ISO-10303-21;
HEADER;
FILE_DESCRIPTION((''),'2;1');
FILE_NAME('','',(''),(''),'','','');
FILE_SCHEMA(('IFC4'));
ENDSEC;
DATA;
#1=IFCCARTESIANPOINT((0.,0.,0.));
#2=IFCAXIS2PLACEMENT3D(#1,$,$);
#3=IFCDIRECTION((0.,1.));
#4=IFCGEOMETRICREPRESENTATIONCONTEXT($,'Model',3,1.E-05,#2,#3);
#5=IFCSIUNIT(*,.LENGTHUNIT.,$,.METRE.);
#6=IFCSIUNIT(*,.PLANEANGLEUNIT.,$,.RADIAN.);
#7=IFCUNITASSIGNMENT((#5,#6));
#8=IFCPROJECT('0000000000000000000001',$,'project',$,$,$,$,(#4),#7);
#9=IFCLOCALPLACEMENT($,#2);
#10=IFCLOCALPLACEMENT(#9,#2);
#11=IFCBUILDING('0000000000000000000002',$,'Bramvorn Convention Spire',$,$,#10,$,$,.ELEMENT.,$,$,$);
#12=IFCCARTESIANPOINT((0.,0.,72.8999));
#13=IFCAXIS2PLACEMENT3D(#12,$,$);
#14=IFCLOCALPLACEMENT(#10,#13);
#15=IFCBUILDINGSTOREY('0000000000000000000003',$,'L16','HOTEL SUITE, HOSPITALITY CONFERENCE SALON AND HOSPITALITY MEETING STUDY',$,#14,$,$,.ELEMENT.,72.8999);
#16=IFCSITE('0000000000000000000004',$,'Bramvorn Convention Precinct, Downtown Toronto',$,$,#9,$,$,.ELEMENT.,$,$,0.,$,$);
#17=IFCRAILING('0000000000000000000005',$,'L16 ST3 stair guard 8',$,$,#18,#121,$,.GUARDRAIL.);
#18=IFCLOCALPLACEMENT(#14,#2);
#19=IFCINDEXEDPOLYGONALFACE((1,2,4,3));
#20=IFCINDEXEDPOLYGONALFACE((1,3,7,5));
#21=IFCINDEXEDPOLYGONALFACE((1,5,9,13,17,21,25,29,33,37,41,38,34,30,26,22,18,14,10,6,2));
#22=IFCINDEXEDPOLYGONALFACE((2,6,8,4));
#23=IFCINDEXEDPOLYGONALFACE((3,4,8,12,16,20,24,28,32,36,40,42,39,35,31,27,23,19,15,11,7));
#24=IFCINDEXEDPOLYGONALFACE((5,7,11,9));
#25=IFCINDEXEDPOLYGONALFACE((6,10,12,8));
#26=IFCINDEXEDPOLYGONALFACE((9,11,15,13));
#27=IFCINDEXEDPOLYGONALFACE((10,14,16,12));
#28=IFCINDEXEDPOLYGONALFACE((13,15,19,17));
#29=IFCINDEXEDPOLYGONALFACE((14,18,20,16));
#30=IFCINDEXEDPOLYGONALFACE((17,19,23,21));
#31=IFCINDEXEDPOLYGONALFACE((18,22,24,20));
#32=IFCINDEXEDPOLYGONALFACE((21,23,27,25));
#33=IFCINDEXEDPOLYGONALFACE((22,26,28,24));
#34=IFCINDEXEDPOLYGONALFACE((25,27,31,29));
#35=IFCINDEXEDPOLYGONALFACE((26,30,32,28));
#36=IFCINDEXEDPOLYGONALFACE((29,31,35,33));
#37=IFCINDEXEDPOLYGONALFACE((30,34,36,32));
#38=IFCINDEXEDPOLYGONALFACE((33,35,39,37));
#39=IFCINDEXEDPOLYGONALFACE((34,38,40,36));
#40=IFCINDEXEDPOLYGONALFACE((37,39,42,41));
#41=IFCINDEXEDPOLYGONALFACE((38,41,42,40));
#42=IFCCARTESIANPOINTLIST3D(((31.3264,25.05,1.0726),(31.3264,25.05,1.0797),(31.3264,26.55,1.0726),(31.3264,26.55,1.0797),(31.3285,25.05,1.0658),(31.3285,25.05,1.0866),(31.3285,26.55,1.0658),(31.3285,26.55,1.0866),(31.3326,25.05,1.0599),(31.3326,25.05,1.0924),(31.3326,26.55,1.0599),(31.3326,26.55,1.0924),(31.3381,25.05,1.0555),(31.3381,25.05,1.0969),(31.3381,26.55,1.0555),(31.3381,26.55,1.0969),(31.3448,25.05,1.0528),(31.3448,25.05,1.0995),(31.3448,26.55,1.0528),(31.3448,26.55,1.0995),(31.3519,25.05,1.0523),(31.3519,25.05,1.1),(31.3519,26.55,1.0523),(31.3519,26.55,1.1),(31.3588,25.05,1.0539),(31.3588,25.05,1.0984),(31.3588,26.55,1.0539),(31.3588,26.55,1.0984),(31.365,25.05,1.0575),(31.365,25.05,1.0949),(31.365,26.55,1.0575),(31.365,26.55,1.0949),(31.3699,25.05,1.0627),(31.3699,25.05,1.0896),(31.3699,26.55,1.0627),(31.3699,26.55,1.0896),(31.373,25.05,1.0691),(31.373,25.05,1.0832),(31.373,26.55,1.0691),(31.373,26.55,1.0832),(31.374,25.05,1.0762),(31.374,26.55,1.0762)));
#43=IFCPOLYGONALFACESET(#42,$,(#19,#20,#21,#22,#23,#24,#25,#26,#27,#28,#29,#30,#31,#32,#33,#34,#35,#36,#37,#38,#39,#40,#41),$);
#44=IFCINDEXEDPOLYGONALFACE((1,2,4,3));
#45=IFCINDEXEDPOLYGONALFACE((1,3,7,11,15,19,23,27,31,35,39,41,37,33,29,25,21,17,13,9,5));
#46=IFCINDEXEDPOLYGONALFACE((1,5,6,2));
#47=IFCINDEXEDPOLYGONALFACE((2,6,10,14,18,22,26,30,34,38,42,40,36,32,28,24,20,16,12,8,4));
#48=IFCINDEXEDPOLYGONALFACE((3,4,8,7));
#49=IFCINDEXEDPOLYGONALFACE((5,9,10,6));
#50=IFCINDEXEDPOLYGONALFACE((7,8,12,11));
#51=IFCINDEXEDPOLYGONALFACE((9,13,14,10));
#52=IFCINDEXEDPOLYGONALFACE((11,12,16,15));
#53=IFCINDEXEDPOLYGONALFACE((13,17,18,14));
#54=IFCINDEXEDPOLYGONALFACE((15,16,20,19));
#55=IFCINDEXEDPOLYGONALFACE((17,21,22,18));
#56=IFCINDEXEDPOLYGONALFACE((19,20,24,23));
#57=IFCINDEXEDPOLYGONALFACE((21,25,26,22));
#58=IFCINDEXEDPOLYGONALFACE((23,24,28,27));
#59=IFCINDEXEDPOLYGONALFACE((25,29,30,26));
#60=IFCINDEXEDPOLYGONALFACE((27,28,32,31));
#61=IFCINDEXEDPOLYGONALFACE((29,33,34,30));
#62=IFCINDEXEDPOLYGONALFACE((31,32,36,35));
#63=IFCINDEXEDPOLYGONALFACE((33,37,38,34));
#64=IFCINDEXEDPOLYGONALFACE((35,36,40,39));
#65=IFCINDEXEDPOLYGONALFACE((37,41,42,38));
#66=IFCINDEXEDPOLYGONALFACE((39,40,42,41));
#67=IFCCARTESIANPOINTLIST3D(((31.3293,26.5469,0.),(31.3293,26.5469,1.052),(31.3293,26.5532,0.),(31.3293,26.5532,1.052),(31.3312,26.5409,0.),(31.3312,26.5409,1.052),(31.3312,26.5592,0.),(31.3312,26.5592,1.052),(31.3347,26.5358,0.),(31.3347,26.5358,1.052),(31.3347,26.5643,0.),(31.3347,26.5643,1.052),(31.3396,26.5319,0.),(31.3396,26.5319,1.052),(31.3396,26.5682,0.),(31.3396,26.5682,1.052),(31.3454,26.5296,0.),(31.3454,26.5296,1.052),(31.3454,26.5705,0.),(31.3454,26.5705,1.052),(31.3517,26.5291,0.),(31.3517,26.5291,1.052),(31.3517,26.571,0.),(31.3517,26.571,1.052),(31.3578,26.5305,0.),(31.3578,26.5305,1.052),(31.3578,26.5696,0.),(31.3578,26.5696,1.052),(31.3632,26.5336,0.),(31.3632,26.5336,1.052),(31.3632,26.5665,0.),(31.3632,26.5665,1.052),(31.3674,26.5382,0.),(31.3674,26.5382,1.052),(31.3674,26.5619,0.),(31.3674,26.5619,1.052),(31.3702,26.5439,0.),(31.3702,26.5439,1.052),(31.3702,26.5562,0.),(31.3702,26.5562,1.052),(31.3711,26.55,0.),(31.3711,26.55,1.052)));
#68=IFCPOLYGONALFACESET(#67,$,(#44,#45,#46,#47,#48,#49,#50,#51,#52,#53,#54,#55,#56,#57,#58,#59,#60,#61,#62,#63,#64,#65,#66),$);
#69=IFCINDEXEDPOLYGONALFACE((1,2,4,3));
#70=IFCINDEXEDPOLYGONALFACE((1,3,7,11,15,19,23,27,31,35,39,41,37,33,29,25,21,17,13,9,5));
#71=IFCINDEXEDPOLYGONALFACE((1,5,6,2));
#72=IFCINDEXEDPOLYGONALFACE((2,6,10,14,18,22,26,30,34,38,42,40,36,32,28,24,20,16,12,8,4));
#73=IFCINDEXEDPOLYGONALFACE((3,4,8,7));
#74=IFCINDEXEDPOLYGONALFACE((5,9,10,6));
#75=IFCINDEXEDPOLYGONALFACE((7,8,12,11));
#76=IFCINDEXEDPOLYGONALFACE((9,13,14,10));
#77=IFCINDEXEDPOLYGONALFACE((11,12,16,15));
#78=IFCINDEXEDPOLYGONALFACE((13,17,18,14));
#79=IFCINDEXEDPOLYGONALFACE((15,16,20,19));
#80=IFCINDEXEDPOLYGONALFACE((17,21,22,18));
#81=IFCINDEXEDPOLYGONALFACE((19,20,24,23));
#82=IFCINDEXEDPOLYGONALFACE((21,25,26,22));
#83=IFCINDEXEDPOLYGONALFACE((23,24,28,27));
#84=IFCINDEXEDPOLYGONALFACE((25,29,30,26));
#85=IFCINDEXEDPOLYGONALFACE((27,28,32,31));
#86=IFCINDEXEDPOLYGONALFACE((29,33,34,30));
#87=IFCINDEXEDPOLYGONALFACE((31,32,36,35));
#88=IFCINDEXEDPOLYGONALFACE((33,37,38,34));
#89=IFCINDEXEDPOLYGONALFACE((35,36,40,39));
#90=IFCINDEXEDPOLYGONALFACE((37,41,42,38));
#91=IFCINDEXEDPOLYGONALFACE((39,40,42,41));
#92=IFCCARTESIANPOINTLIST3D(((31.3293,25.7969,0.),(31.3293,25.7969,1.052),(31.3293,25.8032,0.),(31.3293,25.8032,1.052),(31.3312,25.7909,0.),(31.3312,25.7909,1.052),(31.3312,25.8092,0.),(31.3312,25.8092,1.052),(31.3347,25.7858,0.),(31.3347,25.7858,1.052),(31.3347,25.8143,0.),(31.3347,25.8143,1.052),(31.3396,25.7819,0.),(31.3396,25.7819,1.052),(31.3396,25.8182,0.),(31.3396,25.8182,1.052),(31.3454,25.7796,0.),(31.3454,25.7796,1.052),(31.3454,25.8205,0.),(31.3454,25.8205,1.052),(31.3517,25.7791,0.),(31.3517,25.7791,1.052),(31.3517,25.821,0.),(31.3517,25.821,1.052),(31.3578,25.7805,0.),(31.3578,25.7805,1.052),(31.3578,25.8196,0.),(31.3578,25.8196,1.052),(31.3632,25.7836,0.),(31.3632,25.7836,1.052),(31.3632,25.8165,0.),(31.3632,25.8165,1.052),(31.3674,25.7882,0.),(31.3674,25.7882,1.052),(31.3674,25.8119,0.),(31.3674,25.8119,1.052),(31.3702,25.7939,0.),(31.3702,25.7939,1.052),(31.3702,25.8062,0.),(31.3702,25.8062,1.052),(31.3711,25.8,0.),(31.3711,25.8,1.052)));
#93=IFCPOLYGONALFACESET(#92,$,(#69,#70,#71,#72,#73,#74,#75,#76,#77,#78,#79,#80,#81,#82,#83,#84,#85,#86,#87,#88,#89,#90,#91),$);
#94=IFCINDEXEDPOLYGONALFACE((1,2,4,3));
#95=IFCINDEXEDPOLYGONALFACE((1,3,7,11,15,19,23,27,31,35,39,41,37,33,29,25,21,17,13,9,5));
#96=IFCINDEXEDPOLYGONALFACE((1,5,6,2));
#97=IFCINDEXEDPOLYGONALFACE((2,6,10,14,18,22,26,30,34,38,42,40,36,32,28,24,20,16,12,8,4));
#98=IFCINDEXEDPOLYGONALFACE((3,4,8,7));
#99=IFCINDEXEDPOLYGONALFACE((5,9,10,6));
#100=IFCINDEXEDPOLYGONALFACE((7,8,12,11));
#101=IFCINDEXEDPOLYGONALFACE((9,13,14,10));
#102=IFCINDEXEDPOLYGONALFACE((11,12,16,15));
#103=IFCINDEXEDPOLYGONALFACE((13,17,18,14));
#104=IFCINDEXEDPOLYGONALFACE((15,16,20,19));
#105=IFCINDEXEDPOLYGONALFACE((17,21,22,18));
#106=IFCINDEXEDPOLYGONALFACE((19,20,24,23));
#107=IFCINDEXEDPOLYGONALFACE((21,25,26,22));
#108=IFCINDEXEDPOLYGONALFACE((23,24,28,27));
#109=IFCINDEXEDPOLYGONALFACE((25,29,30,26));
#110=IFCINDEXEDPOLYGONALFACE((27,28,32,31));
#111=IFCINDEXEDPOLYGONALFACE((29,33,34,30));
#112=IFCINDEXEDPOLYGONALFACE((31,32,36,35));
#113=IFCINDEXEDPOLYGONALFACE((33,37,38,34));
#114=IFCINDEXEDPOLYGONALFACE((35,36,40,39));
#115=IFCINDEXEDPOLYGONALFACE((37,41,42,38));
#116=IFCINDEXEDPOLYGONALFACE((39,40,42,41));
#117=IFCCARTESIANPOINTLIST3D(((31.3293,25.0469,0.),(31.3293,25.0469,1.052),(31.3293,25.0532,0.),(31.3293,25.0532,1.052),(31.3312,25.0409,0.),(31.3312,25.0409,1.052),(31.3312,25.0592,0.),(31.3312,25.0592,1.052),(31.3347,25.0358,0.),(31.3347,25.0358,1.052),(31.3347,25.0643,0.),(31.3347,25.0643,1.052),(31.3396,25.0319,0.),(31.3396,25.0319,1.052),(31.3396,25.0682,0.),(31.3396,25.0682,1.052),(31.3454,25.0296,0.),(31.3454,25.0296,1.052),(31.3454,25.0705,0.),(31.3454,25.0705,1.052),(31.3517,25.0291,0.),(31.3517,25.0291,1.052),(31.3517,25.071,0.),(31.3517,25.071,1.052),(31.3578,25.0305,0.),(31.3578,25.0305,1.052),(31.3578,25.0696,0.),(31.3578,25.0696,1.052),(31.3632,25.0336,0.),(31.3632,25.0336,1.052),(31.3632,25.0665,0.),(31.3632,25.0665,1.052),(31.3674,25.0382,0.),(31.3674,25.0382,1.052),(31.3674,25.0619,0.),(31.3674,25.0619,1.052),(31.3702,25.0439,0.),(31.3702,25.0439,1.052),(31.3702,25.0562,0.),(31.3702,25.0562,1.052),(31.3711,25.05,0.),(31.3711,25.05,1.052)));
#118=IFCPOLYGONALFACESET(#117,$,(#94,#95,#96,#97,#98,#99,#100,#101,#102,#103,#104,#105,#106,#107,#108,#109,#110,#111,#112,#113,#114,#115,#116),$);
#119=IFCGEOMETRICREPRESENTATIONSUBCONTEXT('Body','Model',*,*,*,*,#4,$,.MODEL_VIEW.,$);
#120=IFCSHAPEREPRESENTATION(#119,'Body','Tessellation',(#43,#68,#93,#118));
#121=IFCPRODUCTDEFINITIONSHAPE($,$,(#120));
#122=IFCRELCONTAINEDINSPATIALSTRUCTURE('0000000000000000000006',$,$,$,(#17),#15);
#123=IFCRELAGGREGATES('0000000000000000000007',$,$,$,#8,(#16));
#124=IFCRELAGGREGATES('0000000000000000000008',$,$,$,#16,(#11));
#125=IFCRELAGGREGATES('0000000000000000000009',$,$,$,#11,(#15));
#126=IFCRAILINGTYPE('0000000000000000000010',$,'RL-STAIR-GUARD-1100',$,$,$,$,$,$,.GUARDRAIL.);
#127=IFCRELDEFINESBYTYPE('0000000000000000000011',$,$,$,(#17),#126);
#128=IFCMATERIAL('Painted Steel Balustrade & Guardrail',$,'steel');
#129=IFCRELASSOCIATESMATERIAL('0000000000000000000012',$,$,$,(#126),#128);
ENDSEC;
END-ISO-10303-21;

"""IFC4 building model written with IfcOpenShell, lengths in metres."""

from ifc_helpers import new_model, si_unit, direction, frame, origin, origin_2d, place, context, subcontext, project, spatial, circle, extrude, material, type_object, element, save


model = new_model("IFC4")

# Units and contexts
model_context = context("Model", 3, precision=1e-05, world=origin(), true_north=direction((0.0, 1.0)))
body_context = subcontext(model_context, "Body", "Model", "MODEL_VIEW")
ifc_project = project(units=[si_unit("LENGTHUNIT", "METRE"), si_unit("PLANEANGLEUNIT", "RADIAN")], contexts=[model_context])

# Site, building, storey
site_placement = place(None, origin())
site = spatial("IfcSite", under=ifc_project, at=site_placement, Name="Bramvorn Convention Precinct, Downtown Toronto", CompositionType="ELEMENT", RefElevation=0.0)
building_placement = place(site_placement, origin())
building = spatial("IfcBuilding", under=site, at=building_placement, Name="Bramvorn Convention Spire", CompositionType="ELEMENT")
storey_placement = place(building_placement, frame((0.0, 0.0, 72.8999)))
storey = spatial("IfcBuildingStorey", under=building, at=storey_placement, Name="L16", Description="HOTEL SUITE, HOSPITALITY CONFERENCE SALON AND HOSPITALITY MEETING STUDY", CompositionType="ELEMENT", Elevation=72.8999)

# Railing
ifc_material_1 = material(Name="Painted Steel Balustrade & Guardrail", Category="steel")
railing_type = type_object("IfcRailingType", Name="RL-STAIR-GUARD-1100", PredefinedType="GUARDRAIL", material=ifc_material_1)
railing_1_placement = place(storey_placement, frame((31.3501, 26.55, 0.0)))
element("IfcRailing", 1, at=railing_1_placement, inside=storey, type_object=railing_type, Name="L16 ST3 stair guard 8", PredefinedType="GUARDRAIL", context=body_context, shape_type="SweptSolid", body=[
    extrude(circle(Radius=0.0239, at=origin_2d()), frame((0.0, 0.0, 1.0762), z_axis=(0.0, -1.0, 0.0), x_axis=(1.0, 0.0, 0.0)), (0.0, 0.0, 1.0), 1.5),
    extrude(circle(Radius=0.021, at=origin_2d()), origin(), (0.0, 0.0, 1.0), 1.052),
    extrude(circle(Radius=0.021, at=origin_2d()), frame((0.0, -0.75, 0.0)), (0.0, 0.0, 1.0), 1.052),
    extrude(circle(Radius=0.021, at=origin_2d()), frame((0.0, -1.5, 0.0)), (0.0, 0.0, 1.0), 1.052),
])

save(model, "model.ifc")
